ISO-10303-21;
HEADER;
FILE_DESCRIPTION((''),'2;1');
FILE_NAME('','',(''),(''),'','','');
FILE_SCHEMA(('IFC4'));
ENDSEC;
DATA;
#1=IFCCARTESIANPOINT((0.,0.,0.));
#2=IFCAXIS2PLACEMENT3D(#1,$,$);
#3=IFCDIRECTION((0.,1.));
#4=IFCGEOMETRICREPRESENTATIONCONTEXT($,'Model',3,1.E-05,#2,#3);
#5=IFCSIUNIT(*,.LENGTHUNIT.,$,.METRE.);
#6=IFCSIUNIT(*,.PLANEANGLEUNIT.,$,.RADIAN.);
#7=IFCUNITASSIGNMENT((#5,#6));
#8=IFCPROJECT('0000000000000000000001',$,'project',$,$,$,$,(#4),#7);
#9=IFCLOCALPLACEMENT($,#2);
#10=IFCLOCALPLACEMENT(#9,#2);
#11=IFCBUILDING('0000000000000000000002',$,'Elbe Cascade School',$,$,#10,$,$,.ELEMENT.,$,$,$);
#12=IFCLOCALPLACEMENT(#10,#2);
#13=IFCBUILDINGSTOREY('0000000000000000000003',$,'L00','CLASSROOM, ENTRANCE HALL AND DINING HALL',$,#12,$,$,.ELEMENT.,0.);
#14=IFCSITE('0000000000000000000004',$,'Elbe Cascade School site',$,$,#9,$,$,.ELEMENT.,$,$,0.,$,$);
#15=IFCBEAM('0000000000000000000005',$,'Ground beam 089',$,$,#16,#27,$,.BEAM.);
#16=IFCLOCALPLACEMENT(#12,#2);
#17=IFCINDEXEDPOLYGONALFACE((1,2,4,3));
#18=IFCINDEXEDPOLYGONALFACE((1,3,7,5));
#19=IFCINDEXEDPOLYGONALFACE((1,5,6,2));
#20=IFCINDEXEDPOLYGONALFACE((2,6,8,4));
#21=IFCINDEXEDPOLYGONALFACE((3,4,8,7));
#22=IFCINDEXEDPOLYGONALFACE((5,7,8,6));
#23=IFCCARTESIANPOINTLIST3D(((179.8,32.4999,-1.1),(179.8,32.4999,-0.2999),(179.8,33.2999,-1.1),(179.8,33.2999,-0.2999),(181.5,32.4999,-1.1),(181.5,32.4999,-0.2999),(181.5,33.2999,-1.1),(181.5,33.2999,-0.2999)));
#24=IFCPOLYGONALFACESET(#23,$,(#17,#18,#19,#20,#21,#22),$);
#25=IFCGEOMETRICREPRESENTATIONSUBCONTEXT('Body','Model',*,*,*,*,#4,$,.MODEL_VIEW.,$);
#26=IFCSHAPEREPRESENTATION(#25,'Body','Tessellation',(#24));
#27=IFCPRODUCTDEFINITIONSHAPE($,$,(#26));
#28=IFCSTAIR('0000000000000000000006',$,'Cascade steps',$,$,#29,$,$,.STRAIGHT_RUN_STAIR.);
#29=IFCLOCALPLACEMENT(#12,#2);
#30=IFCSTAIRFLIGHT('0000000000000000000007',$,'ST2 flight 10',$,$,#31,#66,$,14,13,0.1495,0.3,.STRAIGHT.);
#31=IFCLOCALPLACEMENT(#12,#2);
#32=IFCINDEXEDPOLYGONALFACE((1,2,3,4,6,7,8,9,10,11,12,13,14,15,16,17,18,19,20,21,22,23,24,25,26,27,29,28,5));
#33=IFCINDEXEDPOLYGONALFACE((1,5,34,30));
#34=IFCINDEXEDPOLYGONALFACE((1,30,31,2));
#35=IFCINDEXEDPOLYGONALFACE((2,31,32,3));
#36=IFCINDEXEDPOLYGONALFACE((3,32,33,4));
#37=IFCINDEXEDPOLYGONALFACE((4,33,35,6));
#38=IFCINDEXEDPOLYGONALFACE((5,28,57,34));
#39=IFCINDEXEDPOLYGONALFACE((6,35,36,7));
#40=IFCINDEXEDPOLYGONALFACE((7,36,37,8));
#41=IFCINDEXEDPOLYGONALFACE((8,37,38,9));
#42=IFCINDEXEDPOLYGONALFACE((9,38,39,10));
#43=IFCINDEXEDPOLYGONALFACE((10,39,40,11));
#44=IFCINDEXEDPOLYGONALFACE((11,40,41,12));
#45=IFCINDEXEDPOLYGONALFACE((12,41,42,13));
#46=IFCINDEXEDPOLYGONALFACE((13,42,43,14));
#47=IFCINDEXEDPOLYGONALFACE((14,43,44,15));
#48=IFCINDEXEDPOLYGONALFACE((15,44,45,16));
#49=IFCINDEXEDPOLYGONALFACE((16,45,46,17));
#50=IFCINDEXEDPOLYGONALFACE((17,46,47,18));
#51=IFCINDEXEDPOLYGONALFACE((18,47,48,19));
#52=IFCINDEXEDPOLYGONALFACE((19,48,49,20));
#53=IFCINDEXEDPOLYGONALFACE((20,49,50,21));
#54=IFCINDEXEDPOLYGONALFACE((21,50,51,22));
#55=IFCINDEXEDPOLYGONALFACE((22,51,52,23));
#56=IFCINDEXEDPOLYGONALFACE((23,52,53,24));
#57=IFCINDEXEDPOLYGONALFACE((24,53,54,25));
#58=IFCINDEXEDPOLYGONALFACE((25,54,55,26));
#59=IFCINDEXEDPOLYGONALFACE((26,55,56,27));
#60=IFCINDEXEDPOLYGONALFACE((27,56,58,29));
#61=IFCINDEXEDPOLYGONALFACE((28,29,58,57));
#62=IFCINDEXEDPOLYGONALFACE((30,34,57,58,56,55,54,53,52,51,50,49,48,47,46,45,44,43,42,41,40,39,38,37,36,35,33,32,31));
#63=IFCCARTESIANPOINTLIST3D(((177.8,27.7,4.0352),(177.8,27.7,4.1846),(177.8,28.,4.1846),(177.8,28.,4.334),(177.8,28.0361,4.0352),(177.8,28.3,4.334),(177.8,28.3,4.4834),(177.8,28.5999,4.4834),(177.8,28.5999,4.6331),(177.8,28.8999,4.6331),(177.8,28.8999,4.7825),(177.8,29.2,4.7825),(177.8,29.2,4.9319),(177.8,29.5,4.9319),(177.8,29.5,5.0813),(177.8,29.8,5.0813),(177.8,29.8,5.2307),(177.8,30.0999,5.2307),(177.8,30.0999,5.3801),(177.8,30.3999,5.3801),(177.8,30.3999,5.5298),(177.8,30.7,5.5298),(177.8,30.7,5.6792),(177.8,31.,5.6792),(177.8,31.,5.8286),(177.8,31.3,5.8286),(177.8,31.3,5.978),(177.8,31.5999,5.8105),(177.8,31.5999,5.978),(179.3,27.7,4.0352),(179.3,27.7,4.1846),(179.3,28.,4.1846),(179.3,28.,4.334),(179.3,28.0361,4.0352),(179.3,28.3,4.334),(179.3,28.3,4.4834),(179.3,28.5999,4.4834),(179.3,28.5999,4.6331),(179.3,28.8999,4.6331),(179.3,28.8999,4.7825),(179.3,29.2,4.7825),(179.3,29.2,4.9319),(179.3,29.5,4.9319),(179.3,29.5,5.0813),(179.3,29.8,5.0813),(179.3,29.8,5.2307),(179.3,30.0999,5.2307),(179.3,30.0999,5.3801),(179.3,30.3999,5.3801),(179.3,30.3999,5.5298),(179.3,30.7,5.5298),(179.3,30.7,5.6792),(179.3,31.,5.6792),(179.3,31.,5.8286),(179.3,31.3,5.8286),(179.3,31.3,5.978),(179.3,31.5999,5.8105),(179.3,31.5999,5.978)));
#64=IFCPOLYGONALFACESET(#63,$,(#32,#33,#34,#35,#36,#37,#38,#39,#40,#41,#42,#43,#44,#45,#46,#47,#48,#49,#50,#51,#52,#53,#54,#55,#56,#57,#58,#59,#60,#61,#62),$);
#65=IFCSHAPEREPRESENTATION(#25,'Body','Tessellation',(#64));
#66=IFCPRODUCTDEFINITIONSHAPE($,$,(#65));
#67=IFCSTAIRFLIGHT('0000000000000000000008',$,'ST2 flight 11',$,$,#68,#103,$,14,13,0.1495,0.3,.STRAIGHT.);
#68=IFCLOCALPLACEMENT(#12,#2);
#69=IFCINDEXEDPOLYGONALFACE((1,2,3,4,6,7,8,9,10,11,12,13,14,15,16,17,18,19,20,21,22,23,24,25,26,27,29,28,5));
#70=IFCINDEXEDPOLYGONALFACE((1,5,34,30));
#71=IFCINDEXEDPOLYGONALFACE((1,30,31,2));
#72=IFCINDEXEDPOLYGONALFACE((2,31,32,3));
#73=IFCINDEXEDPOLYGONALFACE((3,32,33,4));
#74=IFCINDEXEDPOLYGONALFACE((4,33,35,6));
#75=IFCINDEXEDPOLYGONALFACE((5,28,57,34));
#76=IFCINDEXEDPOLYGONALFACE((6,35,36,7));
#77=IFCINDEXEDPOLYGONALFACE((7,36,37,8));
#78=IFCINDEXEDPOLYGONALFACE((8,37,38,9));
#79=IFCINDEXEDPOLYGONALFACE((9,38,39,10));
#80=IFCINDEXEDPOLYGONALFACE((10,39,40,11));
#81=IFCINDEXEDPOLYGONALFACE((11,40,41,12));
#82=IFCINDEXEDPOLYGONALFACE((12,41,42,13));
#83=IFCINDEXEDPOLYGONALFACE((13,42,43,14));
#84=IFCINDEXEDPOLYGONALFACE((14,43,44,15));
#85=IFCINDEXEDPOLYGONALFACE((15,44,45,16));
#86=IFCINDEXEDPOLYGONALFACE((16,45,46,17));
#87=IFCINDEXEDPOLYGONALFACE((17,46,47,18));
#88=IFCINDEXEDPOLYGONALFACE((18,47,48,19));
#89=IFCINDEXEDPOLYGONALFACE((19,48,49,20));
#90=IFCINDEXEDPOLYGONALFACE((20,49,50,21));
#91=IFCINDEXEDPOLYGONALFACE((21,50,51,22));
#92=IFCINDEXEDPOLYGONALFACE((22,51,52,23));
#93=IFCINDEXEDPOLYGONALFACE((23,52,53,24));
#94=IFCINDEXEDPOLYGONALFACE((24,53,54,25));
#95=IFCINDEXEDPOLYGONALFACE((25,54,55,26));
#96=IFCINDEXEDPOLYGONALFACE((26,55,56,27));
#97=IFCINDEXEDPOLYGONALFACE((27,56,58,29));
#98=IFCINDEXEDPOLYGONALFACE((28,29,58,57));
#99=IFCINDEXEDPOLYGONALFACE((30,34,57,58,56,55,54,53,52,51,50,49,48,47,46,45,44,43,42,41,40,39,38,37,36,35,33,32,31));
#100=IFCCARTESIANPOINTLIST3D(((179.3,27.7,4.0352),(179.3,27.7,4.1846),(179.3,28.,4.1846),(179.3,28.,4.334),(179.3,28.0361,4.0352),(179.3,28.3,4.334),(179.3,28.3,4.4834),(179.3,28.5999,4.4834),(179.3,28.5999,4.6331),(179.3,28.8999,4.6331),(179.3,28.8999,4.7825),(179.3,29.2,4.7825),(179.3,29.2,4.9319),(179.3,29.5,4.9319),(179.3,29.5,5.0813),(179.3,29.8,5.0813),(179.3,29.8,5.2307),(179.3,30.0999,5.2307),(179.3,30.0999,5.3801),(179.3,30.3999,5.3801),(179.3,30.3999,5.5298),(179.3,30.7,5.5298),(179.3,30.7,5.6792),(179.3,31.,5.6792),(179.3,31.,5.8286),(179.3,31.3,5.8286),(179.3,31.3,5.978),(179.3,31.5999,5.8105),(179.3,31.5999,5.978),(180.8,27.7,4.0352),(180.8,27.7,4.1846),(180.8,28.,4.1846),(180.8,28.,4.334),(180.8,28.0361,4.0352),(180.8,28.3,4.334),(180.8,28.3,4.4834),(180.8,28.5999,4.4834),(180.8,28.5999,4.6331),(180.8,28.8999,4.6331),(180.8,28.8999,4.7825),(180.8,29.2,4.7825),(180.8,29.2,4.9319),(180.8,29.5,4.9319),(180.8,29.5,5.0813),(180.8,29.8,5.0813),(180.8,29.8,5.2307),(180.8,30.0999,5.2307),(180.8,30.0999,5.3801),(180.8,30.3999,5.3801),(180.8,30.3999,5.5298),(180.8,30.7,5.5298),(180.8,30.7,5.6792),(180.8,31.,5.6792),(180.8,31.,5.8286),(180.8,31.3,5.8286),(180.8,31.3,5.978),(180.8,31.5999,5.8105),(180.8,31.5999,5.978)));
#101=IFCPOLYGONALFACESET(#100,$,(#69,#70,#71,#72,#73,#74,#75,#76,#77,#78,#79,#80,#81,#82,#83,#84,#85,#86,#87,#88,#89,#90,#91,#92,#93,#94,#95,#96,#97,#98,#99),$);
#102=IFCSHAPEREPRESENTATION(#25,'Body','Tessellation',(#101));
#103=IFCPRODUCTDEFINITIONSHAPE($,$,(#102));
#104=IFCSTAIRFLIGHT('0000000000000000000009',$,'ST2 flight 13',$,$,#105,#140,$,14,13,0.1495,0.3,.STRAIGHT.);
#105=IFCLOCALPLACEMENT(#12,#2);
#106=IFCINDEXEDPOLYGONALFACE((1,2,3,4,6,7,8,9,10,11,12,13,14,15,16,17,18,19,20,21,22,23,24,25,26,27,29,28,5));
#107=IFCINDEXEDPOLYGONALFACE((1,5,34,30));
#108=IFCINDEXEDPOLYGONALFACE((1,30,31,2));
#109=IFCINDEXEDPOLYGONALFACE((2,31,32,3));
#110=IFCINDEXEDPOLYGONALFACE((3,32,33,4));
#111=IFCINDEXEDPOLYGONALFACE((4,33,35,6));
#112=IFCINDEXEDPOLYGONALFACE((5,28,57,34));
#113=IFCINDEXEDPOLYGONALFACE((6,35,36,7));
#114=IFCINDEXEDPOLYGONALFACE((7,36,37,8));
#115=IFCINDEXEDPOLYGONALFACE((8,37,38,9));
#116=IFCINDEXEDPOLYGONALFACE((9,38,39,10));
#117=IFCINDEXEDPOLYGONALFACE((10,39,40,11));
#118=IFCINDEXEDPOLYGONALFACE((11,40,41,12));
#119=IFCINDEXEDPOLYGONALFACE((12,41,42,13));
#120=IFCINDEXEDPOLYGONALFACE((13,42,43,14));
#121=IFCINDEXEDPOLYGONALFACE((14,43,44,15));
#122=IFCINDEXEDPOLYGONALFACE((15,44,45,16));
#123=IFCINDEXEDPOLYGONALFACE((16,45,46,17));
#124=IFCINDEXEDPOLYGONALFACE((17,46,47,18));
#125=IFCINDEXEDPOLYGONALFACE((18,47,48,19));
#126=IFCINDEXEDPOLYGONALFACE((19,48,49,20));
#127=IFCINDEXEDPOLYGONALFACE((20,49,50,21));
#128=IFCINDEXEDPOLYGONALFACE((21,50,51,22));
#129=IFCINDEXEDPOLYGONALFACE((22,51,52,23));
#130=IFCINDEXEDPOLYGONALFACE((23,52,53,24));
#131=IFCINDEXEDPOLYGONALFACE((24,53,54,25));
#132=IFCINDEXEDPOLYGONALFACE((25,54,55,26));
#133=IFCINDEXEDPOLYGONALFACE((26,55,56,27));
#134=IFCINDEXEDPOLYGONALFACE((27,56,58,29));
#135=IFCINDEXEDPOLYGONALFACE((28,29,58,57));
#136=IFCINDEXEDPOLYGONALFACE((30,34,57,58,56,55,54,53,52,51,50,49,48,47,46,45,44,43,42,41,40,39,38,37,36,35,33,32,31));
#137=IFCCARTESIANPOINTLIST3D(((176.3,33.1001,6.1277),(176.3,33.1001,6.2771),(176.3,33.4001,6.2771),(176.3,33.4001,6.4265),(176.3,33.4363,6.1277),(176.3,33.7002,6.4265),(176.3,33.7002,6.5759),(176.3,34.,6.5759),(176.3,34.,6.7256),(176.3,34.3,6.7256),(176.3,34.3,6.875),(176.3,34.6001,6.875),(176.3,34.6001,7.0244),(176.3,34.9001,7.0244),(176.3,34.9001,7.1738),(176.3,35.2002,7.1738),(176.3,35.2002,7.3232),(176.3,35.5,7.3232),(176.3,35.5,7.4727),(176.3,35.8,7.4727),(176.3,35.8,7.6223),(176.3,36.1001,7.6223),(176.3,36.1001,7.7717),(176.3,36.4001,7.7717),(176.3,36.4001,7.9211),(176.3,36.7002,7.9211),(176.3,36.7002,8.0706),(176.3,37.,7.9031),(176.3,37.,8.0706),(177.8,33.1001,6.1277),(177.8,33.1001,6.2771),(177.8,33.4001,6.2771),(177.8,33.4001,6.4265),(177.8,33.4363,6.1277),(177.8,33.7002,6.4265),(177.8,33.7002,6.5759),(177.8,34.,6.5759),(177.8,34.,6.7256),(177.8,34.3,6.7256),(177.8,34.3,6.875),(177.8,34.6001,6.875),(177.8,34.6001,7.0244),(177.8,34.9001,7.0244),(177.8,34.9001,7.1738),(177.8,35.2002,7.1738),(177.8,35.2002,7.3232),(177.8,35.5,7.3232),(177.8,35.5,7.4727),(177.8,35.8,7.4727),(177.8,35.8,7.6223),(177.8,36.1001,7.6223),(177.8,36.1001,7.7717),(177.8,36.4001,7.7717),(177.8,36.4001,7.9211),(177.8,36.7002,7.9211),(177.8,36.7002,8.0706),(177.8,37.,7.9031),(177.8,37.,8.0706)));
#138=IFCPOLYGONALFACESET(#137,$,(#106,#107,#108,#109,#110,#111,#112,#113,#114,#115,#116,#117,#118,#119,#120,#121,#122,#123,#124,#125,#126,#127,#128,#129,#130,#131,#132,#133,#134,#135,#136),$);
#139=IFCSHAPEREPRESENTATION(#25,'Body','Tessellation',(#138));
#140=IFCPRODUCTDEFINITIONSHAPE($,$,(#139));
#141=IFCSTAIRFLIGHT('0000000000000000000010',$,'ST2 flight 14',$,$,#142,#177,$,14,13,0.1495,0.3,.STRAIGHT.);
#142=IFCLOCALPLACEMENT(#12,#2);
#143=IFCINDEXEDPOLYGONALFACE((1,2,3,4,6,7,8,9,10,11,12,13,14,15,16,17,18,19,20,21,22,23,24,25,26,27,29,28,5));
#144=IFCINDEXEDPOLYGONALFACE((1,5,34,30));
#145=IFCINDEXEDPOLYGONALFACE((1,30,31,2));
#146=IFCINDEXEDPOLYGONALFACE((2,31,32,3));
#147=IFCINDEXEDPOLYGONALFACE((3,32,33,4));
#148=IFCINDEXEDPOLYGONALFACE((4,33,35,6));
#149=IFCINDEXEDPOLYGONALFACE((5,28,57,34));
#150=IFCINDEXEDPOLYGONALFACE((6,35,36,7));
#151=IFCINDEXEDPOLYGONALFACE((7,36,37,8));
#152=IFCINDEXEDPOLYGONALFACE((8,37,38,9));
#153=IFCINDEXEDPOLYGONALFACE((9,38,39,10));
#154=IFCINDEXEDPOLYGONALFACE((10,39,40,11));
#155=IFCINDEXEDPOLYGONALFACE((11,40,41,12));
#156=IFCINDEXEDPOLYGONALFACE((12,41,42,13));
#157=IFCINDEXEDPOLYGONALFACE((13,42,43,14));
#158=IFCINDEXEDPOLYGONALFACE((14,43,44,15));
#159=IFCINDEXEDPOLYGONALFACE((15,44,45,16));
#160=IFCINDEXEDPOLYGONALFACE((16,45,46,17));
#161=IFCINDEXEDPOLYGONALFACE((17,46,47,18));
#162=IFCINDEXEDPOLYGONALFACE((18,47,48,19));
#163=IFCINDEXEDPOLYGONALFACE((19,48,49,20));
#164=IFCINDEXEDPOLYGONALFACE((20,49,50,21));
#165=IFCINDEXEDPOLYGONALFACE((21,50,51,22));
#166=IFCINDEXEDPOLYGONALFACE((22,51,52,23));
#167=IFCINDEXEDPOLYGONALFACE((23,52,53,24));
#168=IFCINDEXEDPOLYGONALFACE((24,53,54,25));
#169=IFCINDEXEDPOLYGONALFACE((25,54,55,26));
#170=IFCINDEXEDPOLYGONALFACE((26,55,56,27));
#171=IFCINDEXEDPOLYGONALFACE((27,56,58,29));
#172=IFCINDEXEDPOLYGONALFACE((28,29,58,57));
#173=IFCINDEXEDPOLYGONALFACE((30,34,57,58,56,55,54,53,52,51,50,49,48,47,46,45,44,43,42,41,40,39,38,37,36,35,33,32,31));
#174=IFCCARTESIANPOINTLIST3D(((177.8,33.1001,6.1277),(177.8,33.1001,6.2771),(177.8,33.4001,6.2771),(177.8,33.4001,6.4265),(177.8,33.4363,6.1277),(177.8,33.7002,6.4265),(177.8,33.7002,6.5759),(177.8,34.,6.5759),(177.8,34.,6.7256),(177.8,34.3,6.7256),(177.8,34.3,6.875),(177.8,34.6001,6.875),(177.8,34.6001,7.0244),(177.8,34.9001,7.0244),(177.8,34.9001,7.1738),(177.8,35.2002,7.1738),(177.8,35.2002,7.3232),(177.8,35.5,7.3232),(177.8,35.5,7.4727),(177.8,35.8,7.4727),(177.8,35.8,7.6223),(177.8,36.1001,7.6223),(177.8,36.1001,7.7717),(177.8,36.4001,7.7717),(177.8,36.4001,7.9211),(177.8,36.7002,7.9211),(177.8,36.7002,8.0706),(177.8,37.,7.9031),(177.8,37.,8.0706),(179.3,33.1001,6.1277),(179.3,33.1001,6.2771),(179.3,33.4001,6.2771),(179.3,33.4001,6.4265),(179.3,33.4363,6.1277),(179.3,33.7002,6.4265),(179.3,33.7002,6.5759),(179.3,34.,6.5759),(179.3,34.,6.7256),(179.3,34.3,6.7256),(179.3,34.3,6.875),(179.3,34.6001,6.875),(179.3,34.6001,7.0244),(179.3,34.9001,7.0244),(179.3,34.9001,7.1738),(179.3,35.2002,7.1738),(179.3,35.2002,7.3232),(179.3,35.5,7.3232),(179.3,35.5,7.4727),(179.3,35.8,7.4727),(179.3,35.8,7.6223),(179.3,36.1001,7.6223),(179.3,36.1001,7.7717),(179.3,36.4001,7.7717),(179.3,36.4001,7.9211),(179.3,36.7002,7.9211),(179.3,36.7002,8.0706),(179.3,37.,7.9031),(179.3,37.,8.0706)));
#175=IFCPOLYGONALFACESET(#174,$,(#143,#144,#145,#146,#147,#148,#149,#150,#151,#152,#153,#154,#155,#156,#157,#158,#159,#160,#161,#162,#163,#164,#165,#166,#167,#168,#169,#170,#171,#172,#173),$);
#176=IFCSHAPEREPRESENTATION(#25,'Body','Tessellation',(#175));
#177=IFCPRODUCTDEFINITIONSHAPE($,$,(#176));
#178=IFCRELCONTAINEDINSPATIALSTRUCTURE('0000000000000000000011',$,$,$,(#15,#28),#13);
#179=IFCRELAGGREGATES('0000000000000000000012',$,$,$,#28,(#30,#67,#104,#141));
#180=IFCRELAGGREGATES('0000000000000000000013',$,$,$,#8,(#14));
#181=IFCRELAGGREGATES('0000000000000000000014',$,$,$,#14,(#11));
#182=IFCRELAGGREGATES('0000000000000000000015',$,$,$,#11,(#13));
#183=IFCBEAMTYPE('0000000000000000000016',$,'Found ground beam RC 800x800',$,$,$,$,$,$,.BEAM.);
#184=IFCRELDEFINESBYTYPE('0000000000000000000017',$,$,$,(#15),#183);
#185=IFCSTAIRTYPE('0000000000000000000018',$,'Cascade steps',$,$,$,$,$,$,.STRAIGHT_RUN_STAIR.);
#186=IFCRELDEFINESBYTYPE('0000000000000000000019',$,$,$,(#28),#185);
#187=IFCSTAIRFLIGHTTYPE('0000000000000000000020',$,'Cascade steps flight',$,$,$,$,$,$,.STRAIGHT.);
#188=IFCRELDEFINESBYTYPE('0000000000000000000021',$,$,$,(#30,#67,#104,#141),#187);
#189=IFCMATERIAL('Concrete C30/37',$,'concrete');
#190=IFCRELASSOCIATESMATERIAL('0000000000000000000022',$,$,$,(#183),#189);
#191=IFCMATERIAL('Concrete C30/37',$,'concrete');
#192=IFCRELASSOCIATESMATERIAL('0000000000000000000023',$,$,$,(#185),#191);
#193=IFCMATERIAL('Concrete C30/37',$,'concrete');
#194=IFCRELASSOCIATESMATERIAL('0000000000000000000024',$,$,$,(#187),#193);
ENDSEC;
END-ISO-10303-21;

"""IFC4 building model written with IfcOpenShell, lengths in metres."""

from ifc_helpers import new_model, si_unit, direction, frame, origin, origin_2d, place, context, subcontext, project, spatial, polyline, rectangle, outline, extrude, material, material_profile, profile_set, type_object, element, aggregate, save


model = new_model("IFC4")

# Units and contexts
model_context = context("Model", 3, precision=1e-05, world=origin(), true_north=direction((0.0, 1.0)))
body_context = subcontext(model_context, "Body", "Model", "MODEL_VIEW")
ifc_project = project(units=[si_unit("LENGTHUNIT", "METRE"), si_unit("PLANEANGLEUNIT", "RADIAN")], contexts=[model_context])

# Site, building, storey
site_placement = place(None, origin())
site = spatial("IfcSite", under=ifc_project, at=site_placement, Name="Elbe Cascade School site", CompositionType="ELEMENT", RefElevation=0.0)
building_placement = place(site_placement, origin())
building = spatial("IfcBuilding", under=site, at=building_placement, Name="Elbe Cascade School", CompositionType="ELEMENT")
storey_placement = place(building_placement, origin())
storey = spatial("IfcBuildingStorey", under=building, at=storey_placement, Name="L00", Description="CLASSROOM, ENTRANCE HALL AND DINING HALL", CompositionType="ELEMENT", Elevation=0.0)

# Beam
ifc_material_1 = material(Name="Concrete C30/37", Category="concrete")
ifc_material_profile_1 = material_profile(ifc_material_1, rectangle(XDim=0.8, YDim=0.8, at=origin_2d()), Name="RC 800x800")
ifc_profile_set_1 = profile_set([ifc_material_profile_1], Name="Concrete C30/37")
beam_type_1 = type_object("IfcBeamType", Name="Found ground beam RC 800x800", PredefinedType="BEAM", material=ifc_profile_set_1)
for number, where, z_axis, x_axis, name in (
    (1, (179.8, 32.8999, -0.7), (1.0, 0.0, 0.0), (0.0, 1.0, 0.0), "Ground beam 089"),
):
    element("IfcBeam", number, at=place(storey_placement, frame(where, z_axis=z_axis, x_axis=x_axis)), inside=storey, type_object=beam_type_1, Name=name, PredefinedType="BEAM", context=body_context, shape_type="SweptSolid", body=[
        extrude(rectangle(XDim=0.8, YDim=0.8, at=origin_2d()), origin(), (0.0, 0.0, 1.0), 1.7),
    ])

# Stair, stair flights
ifc_material_2 = material(Name="Concrete C30/37", Category="concrete")
stair_type = type_object("IfcStairType", Name="Cascade steps", PredefinedType="STRAIGHT_RUN_STAIR", material=ifc_material_2)
stair_placement = place(storey_placement, origin())
stair = element("IfcStair", 2, at=stair_placement, inside=storey, type_object=stair_type, Name="Cascade steps", PredefinedType="STRAIGHT_RUN_STAIR")
ifc_material_3 = material(Name="Concrete C30/37", Category="concrete")
stair_flight_type = type_object("IfcStairFlightType", Name="Cascade steps flight", PredefinedType="STRAIGHT", material=ifc_material_3)
stair_flight_1_placement = place(storey_placement, frame((178.55, 27.7, 4.0352), z_axis=(0.0, 0.0, 1.0), x_axis=(0.0, 1.0, 0.0)))
stair_flight_1 = element("IfcStairFlight", 3, at=stair_flight_1_placement, type_object=stair_flight_type, Name="ST2 flight 10", NumberOfRisers=14, NumberOfTreads=13, PredefinedType="STRAIGHT", RiserHeight=0.1495, TreadLength=0.3, context=body_context, shape_type="SweptSolid", body=[
    extrude(outline(polyline([(0.0, 0.0), (0.0, 0.1494), (0.3, 0.1494), (0.3, 0.2988), (0.6001, 0.2988), (0.6001, 0.4482), (0.8999, 0.4482), (0.8999, 0.5979), (1.2, 0.5979), (1.2, 0.7473), (1.5, 0.7473), (1.5, 0.8967), (1.8, 0.8967), (1.8, 1.0461), (2.1001, 1.0461), (2.1001, 1.1956), (2.3999, 1.1956), (2.3999, 1.345), (2.7, 1.345), (2.7, 1.4946), (3.0, 1.4946), (3.0, 1.644), (3.3, 1.644), (3.3, 1.7935), (3.6001, 1.7935), (3.6001, 1.9429), (3.8999, 1.9429), (3.8999, 2.0923), (3.8999, 1.7754), (0.3362, 0.0), (0.0, 0.0)])), frame((0.0, 0.75, 0.0), z_axis=(0.0, -1.0, 0.0), x_axis=(1.0, 0.0, 0.0)), (0.0, 0.0, 1.0), 1.5),
])
stair_flight_2_placement = place(storey_placement, frame((180.05, 27.7, 4.0352), z_axis=(0.0, 0.0, 1.0), x_axis=(0.0, 1.0, 0.0)))
stair_flight_2 = element("IfcStairFlight", 4, at=stair_flight_2_placement, type_object=stair_flight_type, Name="ST2 flight 11", NumberOfRisers=14, NumberOfTreads=13, PredefinedType="STRAIGHT", RiserHeight=0.1495, TreadLength=0.3, context=body_context, shape_type="SweptSolid", body=[
    extrude(outline(polyline([(0.0, 0.0), (0.0, 0.1494), (0.3, 0.1494), (0.3, 0.2988), (0.6001, 0.2988), (0.6001, 0.4482), (0.8999, 0.4482), (0.8999, 0.5979), (1.2, 0.5979), (1.2, 0.7473), (1.5, 0.7473), (1.5, 0.8967), (1.8, 0.8967), (1.8, 1.0461), (2.1001, 1.0461), (2.1001, 1.1956), (2.3999, 1.1956), (2.3999, 1.345), (2.7, 1.345), (2.7, 1.4946), (3.0, 1.4946), (3.0, 1.644), (3.3, 1.644), (3.3, 1.7935), (3.6001, 1.7935), (3.6001, 1.9429), (3.8999, 1.9429), (3.8999, 2.0923), (3.8999, 1.7754), (0.3362, 0.0), (0.0, 0.0)])), frame((0.0, 0.75, 0.0), z_axis=(0.0, -1.0, 0.0), x_axis=(1.0, 0.0, 0.0)), (0.0, 0.0, 1.0), 1.5),
])
stair_flight_3_placement = place(storey_placement, frame((177.05, 33.1001, 6.1277), z_axis=(0.0, 0.0, 1.0), x_axis=(0.0, 1.0, 0.0)))
stair_flight_3 = element("IfcStairFlight", 5, at=stair_flight_3_placement, type_object=stair_flight_type, Name="ST2 flight 13", NumberOfRisers=14, NumberOfTreads=13, PredefinedType="STRAIGHT", RiserHeight=0.1495, TreadLength=0.3, context=body_context, shape_type="SweptSolid", body=[
    extrude(outline(polyline([(0.0, 0.0), (0.0, 0.1494), (0.3, 0.1494), (0.3, 0.2988), (0.6001, 0.2988), (0.6001, 0.4482), (0.8999, 0.4482), (0.8999, 0.5979), (1.2, 0.5979), (1.2, 0.7473), (1.5, 0.7473), (1.5, 0.8967), (1.8, 0.8967), (1.8, 1.0461), (2.1001, 1.0461), (2.1001, 1.1956), (2.3999, 1.1956), (2.3999, 1.345), (2.7, 1.345), (2.7, 1.4946), (3.0, 1.4946), (3.0, 1.644), (3.3, 1.644), (3.3, 1.7935), (3.6001, 1.7935), (3.6001, 1.9429), (3.8999, 1.9429), (3.8999, 2.0923), (3.8999, 1.7754), (0.3362, 0.0), (0.0, 0.0)])), frame((0.0, 0.75, 0.0), z_axis=(0.0, -1.0, 0.0), x_axis=(1.0, 0.0, 0.0)), (0.0, 0.0, 1.0), 1.5),
])
stair_flight_4_placement = place(storey_placement, frame((178.55, 33.1001, 6.1277), z_axis=(0.0, 0.0, 1.0), x_axis=(0.0, 1.0, 0.0)))
stair_flight_4 = element("IfcStairFlight", 6, at=stair_flight_4_placement, type_object=stair_flight_type, Name="ST2 flight 14", NumberOfRisers=14, NumberOfTreads=13, PredefinedType="STRAIGHT", RiserHeight=0.1495, TreadLength=0.3, context=body_context, shape_type="SweptSolid", body=[
    extrude(outline(polyline([(0.0, 0.0), (0.0, 0.1494), (0.3, 0.1494), (0.3, 0.2988), (0.6001, 0.2988), (0.6001, 0.4482), (0.8999, 0.4482), (0.8999, 0.5979), (1.2, 0.5979), (1.2, 0.7473), (1.5, 0.7473), (1.5, 0.8967), (1.8, 0.8967), (1.8, 1.0461), (2.1001, 1.0461), (2.1001, 1.1956), (2.3999, 1.1956), (2.3999, 1.345), (2.7, 1.345), (2.7, 1.4946), (3.0, 1.4946), (3.0, 1.644), (3.3, 1.644), (3.3, 1.7935), (3.6001, 1.7935), (3.6001, 1.9429), (3.8999, 1.9429), (3.8999, 2.0923), (3.8999, 1.7754), (0.3362, 0.0), (0.0, 0.0)])), frame((0.0, 0.75, 0.0), z_axis=(0.0, -1.0, 0.0), x_axis=(1.0, 0.0, 0.0)), (0.0, 0.0, 1.0), 1.5),
])
aggregate(stair, [stair_flight_1, stair_flight_2, stair_flight_3, stair_flight_4])

save(model, "model.ifc")
